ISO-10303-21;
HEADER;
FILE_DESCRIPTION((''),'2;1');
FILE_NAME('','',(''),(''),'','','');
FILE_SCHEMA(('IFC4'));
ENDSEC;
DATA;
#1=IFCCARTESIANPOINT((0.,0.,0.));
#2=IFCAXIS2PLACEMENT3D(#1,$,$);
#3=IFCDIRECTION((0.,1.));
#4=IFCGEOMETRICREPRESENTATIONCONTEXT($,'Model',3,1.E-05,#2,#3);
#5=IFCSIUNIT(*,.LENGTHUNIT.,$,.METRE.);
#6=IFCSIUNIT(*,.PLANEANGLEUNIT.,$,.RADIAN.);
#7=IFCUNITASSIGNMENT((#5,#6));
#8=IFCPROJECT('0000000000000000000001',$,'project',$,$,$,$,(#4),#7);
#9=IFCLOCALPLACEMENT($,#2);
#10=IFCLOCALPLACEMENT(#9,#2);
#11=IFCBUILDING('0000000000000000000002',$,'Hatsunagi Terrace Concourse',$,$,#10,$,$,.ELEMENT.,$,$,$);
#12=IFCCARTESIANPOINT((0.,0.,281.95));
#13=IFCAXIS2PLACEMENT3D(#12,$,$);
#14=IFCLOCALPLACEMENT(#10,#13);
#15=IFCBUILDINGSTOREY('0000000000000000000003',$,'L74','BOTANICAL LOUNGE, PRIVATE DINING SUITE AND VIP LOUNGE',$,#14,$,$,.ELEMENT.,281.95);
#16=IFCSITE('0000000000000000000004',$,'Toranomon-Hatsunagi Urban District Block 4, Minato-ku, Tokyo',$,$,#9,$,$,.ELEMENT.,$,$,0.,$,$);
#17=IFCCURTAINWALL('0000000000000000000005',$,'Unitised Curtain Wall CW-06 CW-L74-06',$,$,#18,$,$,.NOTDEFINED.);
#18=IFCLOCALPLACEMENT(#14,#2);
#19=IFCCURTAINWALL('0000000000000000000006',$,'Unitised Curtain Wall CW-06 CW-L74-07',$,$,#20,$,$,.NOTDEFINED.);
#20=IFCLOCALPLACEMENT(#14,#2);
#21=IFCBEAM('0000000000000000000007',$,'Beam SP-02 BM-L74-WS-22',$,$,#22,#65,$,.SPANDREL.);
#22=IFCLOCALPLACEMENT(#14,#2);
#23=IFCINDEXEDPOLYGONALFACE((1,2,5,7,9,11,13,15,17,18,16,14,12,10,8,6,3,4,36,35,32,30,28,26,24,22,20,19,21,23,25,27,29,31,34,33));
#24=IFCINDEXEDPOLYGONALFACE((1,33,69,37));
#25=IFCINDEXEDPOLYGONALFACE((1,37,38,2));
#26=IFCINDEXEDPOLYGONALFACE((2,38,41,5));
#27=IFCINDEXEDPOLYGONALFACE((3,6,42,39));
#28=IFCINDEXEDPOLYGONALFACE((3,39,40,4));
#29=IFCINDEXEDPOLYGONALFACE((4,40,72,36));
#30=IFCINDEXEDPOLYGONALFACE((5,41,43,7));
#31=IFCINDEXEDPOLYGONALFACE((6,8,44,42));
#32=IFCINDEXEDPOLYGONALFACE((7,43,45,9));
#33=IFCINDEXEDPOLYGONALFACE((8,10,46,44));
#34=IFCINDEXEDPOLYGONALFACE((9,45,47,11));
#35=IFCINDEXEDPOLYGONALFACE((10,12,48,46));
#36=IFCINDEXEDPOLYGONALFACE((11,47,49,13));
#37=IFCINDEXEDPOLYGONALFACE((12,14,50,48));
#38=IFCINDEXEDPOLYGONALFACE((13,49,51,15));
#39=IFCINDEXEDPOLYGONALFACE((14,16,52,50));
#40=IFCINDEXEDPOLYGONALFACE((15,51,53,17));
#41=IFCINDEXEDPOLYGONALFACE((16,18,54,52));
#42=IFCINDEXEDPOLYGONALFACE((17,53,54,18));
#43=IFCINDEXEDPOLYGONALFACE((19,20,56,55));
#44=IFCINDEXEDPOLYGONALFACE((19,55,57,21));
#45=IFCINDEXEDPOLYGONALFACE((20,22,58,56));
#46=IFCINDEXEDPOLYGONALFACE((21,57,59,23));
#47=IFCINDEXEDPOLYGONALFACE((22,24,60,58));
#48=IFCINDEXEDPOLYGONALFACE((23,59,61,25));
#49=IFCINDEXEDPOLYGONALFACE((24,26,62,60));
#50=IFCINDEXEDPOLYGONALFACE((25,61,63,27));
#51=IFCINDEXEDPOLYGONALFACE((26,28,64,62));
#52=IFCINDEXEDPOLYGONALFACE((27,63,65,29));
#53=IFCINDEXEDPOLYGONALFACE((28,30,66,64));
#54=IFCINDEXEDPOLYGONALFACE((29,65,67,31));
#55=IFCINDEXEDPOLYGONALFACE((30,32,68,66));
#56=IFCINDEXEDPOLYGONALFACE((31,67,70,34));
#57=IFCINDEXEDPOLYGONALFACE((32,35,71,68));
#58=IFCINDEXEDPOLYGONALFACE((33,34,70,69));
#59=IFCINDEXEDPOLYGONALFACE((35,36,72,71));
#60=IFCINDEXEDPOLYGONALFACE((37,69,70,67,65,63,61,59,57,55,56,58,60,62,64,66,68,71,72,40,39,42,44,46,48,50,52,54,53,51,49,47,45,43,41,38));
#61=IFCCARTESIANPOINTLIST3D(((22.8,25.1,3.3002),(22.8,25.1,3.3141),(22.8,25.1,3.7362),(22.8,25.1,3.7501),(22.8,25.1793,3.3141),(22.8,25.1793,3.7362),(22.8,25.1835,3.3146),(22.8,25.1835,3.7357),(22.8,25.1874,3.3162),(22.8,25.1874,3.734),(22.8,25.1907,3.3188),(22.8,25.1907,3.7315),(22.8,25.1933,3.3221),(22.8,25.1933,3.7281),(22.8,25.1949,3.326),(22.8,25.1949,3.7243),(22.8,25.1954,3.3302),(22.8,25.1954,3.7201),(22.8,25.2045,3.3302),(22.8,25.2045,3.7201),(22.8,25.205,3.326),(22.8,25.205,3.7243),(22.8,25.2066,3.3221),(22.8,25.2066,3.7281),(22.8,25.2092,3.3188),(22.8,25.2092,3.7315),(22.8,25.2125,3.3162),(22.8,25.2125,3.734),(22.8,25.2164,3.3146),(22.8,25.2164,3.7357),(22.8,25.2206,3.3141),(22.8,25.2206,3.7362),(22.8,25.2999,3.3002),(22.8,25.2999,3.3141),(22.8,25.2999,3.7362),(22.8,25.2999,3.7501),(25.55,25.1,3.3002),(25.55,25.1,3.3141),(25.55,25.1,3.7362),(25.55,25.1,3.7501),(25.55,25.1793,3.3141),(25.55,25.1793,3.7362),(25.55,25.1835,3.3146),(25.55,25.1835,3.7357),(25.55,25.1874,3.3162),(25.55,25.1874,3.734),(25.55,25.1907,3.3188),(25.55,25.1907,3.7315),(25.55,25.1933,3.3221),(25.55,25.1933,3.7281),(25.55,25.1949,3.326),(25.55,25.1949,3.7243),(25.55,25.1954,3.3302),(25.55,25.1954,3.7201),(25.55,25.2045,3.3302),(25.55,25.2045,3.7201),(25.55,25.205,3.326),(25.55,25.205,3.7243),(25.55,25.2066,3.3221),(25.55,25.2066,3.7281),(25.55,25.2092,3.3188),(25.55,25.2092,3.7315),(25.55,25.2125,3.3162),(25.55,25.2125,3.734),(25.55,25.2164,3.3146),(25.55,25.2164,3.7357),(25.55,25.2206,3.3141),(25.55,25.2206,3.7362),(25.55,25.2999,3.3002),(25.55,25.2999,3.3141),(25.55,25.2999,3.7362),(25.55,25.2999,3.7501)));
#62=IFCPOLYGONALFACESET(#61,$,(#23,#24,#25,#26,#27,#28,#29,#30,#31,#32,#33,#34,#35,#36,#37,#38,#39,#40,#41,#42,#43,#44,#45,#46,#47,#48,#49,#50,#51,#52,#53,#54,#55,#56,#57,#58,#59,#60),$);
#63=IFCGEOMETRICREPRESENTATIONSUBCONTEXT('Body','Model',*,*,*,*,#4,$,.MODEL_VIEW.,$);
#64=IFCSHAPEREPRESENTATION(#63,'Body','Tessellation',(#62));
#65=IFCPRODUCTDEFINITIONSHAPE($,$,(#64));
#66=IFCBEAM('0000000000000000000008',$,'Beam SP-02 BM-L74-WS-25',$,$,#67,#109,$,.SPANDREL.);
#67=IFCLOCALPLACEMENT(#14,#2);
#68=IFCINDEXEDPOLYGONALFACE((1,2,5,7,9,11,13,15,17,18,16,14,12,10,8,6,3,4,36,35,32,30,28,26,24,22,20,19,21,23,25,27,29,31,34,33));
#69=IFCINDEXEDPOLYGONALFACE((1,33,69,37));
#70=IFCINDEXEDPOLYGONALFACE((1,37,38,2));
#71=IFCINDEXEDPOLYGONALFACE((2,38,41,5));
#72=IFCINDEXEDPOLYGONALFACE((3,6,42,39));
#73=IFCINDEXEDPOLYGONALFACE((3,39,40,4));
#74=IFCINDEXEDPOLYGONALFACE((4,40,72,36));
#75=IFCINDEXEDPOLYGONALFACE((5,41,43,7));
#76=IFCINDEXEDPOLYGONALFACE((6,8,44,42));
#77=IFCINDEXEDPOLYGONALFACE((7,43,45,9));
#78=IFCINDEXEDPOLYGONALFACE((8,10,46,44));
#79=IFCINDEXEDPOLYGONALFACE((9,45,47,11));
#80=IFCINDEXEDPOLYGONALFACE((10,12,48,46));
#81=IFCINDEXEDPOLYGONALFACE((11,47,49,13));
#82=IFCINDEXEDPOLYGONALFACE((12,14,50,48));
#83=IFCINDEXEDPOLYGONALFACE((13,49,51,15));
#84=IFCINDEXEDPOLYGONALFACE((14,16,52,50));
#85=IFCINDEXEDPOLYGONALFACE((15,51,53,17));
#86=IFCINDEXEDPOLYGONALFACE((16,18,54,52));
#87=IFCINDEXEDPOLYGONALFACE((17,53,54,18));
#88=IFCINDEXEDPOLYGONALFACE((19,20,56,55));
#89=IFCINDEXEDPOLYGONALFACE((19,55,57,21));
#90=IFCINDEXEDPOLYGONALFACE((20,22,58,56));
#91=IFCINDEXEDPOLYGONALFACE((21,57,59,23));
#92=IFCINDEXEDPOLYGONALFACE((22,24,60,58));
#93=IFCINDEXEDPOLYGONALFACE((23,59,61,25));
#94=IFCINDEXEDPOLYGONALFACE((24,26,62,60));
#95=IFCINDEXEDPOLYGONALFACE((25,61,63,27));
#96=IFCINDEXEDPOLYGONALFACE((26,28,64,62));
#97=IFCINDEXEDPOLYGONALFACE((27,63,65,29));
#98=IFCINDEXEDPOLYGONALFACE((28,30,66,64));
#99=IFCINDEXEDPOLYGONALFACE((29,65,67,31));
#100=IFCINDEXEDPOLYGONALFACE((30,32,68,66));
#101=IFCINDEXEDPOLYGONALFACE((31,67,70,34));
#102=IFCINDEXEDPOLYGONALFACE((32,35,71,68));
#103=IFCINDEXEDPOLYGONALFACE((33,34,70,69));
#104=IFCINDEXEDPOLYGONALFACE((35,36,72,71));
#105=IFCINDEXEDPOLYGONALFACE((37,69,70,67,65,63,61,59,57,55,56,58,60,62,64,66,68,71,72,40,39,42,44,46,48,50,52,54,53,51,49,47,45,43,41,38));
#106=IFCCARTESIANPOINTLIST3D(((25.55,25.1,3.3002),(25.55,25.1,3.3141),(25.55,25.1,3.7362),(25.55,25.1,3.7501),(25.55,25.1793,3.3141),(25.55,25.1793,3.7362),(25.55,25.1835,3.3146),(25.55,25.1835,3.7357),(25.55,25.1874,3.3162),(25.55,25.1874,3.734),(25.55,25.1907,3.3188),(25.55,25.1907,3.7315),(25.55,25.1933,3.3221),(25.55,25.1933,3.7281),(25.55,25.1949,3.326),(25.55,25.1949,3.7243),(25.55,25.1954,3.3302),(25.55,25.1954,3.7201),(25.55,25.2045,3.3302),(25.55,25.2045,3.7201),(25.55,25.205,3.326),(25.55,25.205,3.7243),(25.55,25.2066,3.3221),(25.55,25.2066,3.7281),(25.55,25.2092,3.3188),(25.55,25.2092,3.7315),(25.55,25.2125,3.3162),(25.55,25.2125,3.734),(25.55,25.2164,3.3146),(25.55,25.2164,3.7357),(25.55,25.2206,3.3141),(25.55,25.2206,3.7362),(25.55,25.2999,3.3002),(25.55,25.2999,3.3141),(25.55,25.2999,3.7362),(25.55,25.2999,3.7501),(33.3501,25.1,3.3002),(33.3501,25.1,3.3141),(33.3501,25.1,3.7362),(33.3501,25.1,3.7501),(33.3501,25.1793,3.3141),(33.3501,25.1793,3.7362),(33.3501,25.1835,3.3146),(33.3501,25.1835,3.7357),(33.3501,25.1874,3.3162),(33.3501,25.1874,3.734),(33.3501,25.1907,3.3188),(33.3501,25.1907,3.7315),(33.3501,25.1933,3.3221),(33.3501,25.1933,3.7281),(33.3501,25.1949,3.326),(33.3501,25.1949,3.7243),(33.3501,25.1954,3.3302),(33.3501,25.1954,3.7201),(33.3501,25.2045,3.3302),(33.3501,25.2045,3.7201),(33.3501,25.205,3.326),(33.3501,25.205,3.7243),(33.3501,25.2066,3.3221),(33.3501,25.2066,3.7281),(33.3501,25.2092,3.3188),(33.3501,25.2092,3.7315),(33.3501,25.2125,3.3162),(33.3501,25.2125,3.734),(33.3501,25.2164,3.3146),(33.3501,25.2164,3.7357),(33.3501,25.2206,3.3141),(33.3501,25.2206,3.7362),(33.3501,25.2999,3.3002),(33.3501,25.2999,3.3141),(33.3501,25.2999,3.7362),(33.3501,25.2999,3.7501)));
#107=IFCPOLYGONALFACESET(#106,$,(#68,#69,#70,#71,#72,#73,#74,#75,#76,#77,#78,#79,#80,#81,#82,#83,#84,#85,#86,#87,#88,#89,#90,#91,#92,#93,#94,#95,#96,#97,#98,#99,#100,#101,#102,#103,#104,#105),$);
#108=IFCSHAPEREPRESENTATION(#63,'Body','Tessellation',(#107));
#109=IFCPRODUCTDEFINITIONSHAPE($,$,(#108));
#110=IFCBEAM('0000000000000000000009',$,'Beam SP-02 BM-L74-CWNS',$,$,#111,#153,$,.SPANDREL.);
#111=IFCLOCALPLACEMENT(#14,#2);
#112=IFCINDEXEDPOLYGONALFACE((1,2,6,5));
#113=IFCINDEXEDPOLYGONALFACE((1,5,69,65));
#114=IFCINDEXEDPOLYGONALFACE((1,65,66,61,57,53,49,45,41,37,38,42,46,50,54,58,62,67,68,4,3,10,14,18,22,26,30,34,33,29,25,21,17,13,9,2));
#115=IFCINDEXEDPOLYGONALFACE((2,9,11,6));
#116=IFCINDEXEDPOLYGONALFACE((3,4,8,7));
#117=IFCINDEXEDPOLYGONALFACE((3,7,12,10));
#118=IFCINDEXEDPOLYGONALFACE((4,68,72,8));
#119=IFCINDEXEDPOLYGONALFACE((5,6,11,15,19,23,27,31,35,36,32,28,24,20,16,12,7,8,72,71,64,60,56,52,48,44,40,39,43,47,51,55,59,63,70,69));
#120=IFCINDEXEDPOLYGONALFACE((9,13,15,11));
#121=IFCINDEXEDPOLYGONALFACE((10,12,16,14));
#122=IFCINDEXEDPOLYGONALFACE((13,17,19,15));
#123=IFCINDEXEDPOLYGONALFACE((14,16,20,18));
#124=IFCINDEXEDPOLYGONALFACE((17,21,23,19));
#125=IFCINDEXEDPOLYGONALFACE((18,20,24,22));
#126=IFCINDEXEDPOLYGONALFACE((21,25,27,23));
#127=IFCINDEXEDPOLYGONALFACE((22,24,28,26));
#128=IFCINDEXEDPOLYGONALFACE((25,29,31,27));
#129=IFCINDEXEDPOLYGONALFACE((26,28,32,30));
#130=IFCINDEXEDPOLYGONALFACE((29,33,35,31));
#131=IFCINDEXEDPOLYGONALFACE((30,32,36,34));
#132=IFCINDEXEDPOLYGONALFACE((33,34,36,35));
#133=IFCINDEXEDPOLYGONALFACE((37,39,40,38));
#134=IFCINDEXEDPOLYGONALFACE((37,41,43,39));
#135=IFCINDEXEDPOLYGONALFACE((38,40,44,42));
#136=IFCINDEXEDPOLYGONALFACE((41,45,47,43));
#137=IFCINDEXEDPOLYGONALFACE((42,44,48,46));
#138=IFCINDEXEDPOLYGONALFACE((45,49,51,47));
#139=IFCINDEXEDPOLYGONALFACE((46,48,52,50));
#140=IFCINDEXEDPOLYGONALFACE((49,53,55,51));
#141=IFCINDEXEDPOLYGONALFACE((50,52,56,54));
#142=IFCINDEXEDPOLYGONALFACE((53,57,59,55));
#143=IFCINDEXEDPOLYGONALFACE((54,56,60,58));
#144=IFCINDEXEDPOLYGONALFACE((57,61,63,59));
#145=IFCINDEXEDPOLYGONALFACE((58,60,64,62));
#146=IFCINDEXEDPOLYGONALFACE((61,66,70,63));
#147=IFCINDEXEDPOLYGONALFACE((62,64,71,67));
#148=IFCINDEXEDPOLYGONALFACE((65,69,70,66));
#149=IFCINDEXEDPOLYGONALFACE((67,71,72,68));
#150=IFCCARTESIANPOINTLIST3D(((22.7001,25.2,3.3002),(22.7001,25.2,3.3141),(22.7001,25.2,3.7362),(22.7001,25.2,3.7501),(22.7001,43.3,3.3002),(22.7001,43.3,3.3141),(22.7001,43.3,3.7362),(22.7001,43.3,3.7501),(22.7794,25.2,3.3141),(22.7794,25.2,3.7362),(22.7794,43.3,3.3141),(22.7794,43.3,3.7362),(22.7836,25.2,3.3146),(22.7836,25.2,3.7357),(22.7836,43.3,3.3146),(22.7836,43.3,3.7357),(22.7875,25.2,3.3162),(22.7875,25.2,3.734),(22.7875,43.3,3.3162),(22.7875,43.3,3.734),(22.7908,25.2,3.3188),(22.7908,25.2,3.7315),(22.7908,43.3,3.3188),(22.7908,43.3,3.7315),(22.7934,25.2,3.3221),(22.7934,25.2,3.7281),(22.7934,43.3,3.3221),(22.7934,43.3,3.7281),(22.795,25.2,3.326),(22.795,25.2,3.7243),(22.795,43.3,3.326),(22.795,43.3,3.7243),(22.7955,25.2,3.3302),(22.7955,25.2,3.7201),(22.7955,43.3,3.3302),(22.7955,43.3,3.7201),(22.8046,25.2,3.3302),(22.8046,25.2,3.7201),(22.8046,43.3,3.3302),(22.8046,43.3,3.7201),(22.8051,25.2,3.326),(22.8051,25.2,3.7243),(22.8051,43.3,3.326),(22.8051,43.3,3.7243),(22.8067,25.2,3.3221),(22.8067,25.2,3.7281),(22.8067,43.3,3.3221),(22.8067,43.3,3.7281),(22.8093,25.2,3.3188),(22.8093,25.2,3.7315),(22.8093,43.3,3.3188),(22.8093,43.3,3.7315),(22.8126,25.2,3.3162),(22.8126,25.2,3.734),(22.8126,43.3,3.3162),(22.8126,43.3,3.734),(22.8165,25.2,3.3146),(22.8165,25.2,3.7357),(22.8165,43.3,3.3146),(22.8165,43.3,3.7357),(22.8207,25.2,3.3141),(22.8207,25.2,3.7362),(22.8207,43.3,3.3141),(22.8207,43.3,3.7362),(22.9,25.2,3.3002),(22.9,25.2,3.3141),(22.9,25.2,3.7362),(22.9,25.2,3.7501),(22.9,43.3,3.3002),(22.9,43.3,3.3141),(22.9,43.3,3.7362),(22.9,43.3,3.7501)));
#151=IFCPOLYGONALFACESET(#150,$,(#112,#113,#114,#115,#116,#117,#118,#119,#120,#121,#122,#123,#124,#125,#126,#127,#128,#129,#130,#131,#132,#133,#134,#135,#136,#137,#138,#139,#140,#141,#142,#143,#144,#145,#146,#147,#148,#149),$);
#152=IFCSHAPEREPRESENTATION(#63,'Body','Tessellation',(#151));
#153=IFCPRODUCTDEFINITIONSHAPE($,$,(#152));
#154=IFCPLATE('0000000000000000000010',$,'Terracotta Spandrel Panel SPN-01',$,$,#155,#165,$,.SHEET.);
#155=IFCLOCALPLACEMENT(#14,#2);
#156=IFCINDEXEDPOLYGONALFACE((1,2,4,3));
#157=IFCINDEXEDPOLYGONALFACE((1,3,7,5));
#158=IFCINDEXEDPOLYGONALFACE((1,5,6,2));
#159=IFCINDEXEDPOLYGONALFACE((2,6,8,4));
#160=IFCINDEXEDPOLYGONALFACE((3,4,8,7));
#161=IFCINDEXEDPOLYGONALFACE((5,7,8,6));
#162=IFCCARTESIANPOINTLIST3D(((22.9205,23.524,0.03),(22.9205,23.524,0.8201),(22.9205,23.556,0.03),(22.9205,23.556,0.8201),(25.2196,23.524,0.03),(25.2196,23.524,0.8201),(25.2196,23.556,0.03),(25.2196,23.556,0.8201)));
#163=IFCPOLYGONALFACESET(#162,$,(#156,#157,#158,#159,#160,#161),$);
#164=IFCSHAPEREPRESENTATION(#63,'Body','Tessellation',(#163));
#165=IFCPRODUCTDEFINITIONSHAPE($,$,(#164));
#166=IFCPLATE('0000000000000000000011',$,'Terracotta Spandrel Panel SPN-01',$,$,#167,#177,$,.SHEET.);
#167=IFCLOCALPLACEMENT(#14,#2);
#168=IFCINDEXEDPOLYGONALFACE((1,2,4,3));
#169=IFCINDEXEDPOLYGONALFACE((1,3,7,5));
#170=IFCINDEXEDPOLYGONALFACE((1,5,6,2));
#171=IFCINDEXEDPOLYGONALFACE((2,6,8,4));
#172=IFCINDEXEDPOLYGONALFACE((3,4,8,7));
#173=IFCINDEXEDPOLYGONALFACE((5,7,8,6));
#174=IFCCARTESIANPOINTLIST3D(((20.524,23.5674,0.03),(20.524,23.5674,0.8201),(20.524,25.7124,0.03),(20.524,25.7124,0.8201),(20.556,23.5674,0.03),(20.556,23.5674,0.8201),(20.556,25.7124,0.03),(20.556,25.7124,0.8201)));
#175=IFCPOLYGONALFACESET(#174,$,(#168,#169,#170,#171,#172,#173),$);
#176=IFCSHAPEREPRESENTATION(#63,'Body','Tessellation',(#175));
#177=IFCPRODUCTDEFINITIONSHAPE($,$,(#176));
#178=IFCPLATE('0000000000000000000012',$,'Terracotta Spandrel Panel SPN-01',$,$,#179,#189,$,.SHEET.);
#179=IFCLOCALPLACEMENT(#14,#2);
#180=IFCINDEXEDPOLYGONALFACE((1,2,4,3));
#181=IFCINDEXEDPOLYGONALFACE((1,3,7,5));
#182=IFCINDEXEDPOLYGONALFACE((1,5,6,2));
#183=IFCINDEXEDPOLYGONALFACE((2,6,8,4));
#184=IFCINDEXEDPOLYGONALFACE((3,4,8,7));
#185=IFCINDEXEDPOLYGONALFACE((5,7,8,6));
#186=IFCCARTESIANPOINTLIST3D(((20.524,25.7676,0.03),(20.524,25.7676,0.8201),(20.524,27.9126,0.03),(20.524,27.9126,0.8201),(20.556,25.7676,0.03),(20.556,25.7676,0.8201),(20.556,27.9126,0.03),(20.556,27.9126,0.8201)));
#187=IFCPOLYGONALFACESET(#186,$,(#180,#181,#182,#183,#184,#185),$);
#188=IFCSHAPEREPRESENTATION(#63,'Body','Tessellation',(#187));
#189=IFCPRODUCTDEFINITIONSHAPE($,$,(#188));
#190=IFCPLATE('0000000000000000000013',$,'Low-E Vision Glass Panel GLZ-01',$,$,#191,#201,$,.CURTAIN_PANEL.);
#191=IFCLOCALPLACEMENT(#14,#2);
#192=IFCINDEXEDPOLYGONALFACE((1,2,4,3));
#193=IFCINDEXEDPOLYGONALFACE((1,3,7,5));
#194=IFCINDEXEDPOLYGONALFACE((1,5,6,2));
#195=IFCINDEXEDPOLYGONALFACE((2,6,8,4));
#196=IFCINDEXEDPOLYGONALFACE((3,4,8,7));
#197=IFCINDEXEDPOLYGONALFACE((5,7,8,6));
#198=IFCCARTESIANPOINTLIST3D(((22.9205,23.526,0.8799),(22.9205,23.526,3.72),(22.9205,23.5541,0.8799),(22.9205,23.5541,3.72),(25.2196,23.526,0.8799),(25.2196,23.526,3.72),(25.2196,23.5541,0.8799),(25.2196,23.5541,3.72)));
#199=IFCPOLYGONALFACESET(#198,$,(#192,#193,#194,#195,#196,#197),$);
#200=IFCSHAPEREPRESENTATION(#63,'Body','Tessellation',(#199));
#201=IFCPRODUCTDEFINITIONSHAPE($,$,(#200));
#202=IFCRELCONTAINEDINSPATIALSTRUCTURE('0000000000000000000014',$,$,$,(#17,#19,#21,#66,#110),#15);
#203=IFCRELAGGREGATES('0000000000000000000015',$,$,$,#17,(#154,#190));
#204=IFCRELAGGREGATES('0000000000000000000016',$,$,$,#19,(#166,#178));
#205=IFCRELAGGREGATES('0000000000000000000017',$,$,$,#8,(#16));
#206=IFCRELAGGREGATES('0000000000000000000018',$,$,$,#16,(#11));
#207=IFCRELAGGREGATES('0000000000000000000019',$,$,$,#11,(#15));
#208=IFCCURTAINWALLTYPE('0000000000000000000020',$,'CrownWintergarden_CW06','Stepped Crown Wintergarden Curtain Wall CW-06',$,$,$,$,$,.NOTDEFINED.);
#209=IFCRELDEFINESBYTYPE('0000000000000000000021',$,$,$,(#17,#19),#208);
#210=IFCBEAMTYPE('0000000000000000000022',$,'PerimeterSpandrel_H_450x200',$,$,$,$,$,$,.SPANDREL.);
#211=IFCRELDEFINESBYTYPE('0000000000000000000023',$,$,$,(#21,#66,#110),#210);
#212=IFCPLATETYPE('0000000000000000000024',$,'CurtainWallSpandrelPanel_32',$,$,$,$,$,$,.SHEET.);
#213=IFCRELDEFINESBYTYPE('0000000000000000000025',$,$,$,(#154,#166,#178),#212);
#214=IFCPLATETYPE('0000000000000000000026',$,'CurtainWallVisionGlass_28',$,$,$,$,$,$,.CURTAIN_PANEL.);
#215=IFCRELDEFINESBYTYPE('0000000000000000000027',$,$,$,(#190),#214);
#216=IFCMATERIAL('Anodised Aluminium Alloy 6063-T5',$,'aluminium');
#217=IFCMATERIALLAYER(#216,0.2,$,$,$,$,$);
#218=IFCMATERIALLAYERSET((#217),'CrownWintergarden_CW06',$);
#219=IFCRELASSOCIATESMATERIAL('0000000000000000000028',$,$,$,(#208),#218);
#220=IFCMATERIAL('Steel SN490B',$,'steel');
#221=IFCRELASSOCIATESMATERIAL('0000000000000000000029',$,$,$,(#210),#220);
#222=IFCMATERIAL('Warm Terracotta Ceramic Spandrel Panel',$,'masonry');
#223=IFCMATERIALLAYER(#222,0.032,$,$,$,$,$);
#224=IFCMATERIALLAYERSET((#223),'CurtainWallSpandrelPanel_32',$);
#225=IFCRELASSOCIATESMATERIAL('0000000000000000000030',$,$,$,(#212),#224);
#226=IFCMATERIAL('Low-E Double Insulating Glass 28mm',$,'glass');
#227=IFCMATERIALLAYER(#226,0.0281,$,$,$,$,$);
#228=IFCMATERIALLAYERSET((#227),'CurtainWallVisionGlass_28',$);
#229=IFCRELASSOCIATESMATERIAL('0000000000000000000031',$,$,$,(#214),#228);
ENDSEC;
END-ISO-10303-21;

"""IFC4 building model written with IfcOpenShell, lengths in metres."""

from ifc_helpers import new_model, si_unit, direction, frame, origin, origin_2d, place, context, subcontext, project, spatial, rectangle, i_section, extrude, material, layer, layer_set, material_profile, profile_set, type_object, element, aggregate, save


model = new_model("IFC4")

# Units and contexts
model_context = context("Model", 3, precision=1e-05, world=origin(), true_north=direction((0.0, 1.0)))
body_context = subcontext(model_context, "Body", "Model", "MODEL_VIEW")
ifc_project = project(units=[si_unit("LENGTHUNIT", "METRE"), si_unit("PLANEANGLEUNIT", "RADIAN")], contexts=[model_context])

# Site, building, storey
site_placement = place(None, origin())
site = spatial("IfcSite", under=ifc_project, at=site_placement, Name="Toranomon-Hatsunagi Urban District Block 4, Minato-ku, Tokyo", CompositionType="ELEMENT", RefElevation=0.0)
building_placement = place(site_placement, origin())
building = spatial("IfcBuilding", under=site, at=building_placement, Name="Hatsunagi Terrace Concourse", CompositionType="ELEMENT")
storey_placement = place(building_placement, frame((0.0, 0.0, 281.95)))
storey = spatial("IfcBuildingStorey", under=building, at=storey_placement, Name="L74", Description="BOTANICAL LOUNGE, PRIVATE DINING SUITE AND VIP LOUNGE", CompositionType="ELEMENT", Elevation=281.95)

# Curtain walls
ifc_material_1 = material(Name="Anodised Aluminium Alloy 6063-T5", Category="aluminium")
ifc_layer_1 = layer(ifc_material_1, 0.2)
ifc_layer_set_1 = layer_set([ifc_layer_1], Name="CrownWintergarden_CW06")
curtain_wall_type = type_object("IfcCurtainWallType", Name="CrownWintergarden_CW06", Description="Stepped Crown Wintergarden Curtain Wall CW-06", PredefinedType="NOTDEFINED", material=ifc_layer_set_1)
curtain_wall_1_placement = place(storey_placement, origin())
curtain_wall_1 = element("IfcCurtainWall", 1, at=curtain_wall_1_placement, inside=storey, type_object=curtain_wall_type, Name="Unitised Curtain Wall CW-06 CW-L74-06", PredefinedType="NOTDEFINED")
curtain_wall_2_placement = place(storey_placement, origin())
curtain_wall_2 = element("IfcCurtainWall", 2, at=curtain_wall_2_placement, inside=storey, type_object=curtain_wall_type, Name="Unitised Curtain Wall CW-06 CW-L74-07", PredefinedType="NOTDEFINED")

# Beams
ifc_material_2 = material(Name="Steel SN490B", Category="steel")
ifc_material_profile_1 = material_profile(ifc_material_2, i_section(OverallWidth=0.2, OverallDepth=0.45, WebThickness=0.009, FlangeThickness=0.0139, FilletRadius=0.0161, at=origin_2d()), Name="H-450x200x9x14")
ifc_profile_set_1 = profile_set([ifc_material_profile_1], Name="Steel SN490B")
beam_type_1 = type_object("IfcBeamType", Name="PerimeterSpandrel_H_450x200", PredefinedType="SPANDREL", material=ifc_profile_set_1)
beam_1_placement = place(storey_placement, frame((22.8, 25.2, 3.5251), z_axis=(1.0, 0.0, 0.0), x_axis=(0.0, 1.0, 0.0)))
element("IfcBeam", 3, at=beam_1_placement, inside=storey, type_object=beam_type_1, Name="Beam SP-02 BM-L74-WS-22", PredefinedType="SPANDREL", context=body_context, shape_type="SweptSolid", body=[
    extrude(i_section(OverallWidth=0.2, OverallDepth=0.45, WebThickness=0.009, FlangeThickness=0.0139, FilletRadius=0.0161, at=origin_2d()), origin(), (0.0, 0.0, 1.0), 2.75),
])
beam_2_placement = place(storey_placement, frame((25.55, 25.2, 3.5251), z_axis=(1.0, 0.0, 0.0), x_axis=(0.0, 1.0, 0.0)))
element("IfcBeam", 4, at=beam_2_placement, inside=storey, type_object=beam_type_1, Name="Beam SP-02 BM-L74-WS-25", PredefinedType="SPANDREL", context=body_context, shape_type="SweptSolid", body=[
    extrude(i_section(OverallWidth=0.2, OverallDepth=0.45, WebThickness=0.009, FlangeThickness=0.0139, FilletRadius=0.0161, at=origin_2d()), origin(), (0.0, 0.0, 1.0), 7.8),
])
beam_3_placement = place(storey_placement, frame((22.8, 25.2, 3.5251), z_axis=(0.0, 1.0, 0.0), x_axis=(-1.0, 0.0, 0.0)))
element("IfcBeam", 5, at=beam_3_placement, inside=storey, type_object=beam_type_1, Name="Beam SP-02 BM-L74-CWNS", PredefinedType="SPANDREL", context=body_context, shape_type="SweptSolid", body=[
    extrude(i_section(OverallWidth=0.2, OverallDepth=0.45, WebThickness=0.009, FlangeThickness=0.0139, FilletRadius=0.0161, at=origin_2d()), origin(), (0.0, 0.0, 1.0), 18.1001),
])

# Plates
ifc_material_3 = material(Name="Warm Terracotta Ceramic Spandrel Panel", Category="masonry")
ifc_layer_2 = layer(ifc_material_3, 0.032)
ifc_layer_set_2 = layer_set([ifc_layer_2], Name="CurtainWallSpandrelPanel_32")
plate_type_1 = type_object("IfcPlateType", Name="CurtainWallSpandrelPanel_32", PredefinedType="SHEET", material=ifc_layer_set_2)
plate_1_placement = place(storey_placement, frame((24.0701, 23.54, 0.03), z_axis=(0.0, 0.0, 1.0), x_axis=(-1.0, 0.0, 0.0)))
plate_1 = element("IfcPlate", 6, at=plate_1_placement, type_object=plate_type_1, Name="Terracotta Spandrel Panel SPN-01", PredefinedType="SHEET", context=body_context, shape_type="SweptSolid", body=[
    extrude(rectangle(XDim=2.2991, YDim=0.032, at=origin_2d()), origin(), (0.0, 0.0, 1.0), 0.79),
])
plate_2_placement = place(storey_placement, frame((20.54, 24.6399, 0.03), z_axis=(0.0, 0.0, 1.0), x_axis=(0.0, 1.0, 0.0)))
plate_2 = element("IfcPlate", 7, at=plate_2_placement, type_object=plate_type_1, Name="Terracotta Spandrel Panel SPN-01", PredefinedType="SHEET", context=body_context, shape_type="SweptSolid", body=[
    extrude(rectangle(XDim=2.145, YDim=0.032, at=origin_2d()), origin(), (0.0, 0.0, 1.0), 0.79),
])
plate_3_placement = place(storey_placement, frame((20.54, 26.8401, 0.03), z_axis=(0.0, 0.0, 1.0), x_axis=(0.0, 1.0, 0.0)))
plate_3 = element("IfcPlate", 8, at=plate_3_placement, type_object=plate_type_1, Name="Terracotta Spandrel Panel SPN-01", PredefinedType="SHEET", context=body_context, shape_type="SweptSolid", body=[
    extrude(rectangle(XDim=2.145, YDim=0.032, at=origin_2d()), origin(), (0.0, 0.0, 1.0), 0.79),
])
ifc_material_4 = material(Name="Low-E Double Insulating Glass 28mm", Category="glass")
ifc_layer_3 = layer(ifc_material_4, 0.0281)
ifc_layer_set_3 = layer_set([ifc_layer_3], Name="CurtainWallVisionGlass_28")
plate_type_2 = type_object("IfcPlateType", Name="CurtainWallVisionGlass_28", PredefinedType="CURTAIN_PANEL", material=ifc_layer_set_3)
plate_4_placement = place(storey_placement, frame((24.0701, 23.54, 0.8799), z_axis=(0.0, 0.0, 1.0), x_axis=(-1.0, 0.0, 0.0)))
plate_4 = element("IfcPlate", 9, at=plate_4_placement, type_object=plate_type_2, Name="Low-E Vision Glass Panel GLZ-01", PredefinedType="CURTAIN_PANEL", context=body_context, shape_type="SweptSolid", body=[
    extrude(rectangle(XDim=2.2991, YDim=0.0281, at=origin_2d()), origin(), (0.0, 0.0, 1.0), 2.8401),
])
aggregate(curtain_wall_1, [plate_1, plate_4])
aggregate(curtain_wall_2, [plate_2, plate_3])

save(model, "model.ifc")
